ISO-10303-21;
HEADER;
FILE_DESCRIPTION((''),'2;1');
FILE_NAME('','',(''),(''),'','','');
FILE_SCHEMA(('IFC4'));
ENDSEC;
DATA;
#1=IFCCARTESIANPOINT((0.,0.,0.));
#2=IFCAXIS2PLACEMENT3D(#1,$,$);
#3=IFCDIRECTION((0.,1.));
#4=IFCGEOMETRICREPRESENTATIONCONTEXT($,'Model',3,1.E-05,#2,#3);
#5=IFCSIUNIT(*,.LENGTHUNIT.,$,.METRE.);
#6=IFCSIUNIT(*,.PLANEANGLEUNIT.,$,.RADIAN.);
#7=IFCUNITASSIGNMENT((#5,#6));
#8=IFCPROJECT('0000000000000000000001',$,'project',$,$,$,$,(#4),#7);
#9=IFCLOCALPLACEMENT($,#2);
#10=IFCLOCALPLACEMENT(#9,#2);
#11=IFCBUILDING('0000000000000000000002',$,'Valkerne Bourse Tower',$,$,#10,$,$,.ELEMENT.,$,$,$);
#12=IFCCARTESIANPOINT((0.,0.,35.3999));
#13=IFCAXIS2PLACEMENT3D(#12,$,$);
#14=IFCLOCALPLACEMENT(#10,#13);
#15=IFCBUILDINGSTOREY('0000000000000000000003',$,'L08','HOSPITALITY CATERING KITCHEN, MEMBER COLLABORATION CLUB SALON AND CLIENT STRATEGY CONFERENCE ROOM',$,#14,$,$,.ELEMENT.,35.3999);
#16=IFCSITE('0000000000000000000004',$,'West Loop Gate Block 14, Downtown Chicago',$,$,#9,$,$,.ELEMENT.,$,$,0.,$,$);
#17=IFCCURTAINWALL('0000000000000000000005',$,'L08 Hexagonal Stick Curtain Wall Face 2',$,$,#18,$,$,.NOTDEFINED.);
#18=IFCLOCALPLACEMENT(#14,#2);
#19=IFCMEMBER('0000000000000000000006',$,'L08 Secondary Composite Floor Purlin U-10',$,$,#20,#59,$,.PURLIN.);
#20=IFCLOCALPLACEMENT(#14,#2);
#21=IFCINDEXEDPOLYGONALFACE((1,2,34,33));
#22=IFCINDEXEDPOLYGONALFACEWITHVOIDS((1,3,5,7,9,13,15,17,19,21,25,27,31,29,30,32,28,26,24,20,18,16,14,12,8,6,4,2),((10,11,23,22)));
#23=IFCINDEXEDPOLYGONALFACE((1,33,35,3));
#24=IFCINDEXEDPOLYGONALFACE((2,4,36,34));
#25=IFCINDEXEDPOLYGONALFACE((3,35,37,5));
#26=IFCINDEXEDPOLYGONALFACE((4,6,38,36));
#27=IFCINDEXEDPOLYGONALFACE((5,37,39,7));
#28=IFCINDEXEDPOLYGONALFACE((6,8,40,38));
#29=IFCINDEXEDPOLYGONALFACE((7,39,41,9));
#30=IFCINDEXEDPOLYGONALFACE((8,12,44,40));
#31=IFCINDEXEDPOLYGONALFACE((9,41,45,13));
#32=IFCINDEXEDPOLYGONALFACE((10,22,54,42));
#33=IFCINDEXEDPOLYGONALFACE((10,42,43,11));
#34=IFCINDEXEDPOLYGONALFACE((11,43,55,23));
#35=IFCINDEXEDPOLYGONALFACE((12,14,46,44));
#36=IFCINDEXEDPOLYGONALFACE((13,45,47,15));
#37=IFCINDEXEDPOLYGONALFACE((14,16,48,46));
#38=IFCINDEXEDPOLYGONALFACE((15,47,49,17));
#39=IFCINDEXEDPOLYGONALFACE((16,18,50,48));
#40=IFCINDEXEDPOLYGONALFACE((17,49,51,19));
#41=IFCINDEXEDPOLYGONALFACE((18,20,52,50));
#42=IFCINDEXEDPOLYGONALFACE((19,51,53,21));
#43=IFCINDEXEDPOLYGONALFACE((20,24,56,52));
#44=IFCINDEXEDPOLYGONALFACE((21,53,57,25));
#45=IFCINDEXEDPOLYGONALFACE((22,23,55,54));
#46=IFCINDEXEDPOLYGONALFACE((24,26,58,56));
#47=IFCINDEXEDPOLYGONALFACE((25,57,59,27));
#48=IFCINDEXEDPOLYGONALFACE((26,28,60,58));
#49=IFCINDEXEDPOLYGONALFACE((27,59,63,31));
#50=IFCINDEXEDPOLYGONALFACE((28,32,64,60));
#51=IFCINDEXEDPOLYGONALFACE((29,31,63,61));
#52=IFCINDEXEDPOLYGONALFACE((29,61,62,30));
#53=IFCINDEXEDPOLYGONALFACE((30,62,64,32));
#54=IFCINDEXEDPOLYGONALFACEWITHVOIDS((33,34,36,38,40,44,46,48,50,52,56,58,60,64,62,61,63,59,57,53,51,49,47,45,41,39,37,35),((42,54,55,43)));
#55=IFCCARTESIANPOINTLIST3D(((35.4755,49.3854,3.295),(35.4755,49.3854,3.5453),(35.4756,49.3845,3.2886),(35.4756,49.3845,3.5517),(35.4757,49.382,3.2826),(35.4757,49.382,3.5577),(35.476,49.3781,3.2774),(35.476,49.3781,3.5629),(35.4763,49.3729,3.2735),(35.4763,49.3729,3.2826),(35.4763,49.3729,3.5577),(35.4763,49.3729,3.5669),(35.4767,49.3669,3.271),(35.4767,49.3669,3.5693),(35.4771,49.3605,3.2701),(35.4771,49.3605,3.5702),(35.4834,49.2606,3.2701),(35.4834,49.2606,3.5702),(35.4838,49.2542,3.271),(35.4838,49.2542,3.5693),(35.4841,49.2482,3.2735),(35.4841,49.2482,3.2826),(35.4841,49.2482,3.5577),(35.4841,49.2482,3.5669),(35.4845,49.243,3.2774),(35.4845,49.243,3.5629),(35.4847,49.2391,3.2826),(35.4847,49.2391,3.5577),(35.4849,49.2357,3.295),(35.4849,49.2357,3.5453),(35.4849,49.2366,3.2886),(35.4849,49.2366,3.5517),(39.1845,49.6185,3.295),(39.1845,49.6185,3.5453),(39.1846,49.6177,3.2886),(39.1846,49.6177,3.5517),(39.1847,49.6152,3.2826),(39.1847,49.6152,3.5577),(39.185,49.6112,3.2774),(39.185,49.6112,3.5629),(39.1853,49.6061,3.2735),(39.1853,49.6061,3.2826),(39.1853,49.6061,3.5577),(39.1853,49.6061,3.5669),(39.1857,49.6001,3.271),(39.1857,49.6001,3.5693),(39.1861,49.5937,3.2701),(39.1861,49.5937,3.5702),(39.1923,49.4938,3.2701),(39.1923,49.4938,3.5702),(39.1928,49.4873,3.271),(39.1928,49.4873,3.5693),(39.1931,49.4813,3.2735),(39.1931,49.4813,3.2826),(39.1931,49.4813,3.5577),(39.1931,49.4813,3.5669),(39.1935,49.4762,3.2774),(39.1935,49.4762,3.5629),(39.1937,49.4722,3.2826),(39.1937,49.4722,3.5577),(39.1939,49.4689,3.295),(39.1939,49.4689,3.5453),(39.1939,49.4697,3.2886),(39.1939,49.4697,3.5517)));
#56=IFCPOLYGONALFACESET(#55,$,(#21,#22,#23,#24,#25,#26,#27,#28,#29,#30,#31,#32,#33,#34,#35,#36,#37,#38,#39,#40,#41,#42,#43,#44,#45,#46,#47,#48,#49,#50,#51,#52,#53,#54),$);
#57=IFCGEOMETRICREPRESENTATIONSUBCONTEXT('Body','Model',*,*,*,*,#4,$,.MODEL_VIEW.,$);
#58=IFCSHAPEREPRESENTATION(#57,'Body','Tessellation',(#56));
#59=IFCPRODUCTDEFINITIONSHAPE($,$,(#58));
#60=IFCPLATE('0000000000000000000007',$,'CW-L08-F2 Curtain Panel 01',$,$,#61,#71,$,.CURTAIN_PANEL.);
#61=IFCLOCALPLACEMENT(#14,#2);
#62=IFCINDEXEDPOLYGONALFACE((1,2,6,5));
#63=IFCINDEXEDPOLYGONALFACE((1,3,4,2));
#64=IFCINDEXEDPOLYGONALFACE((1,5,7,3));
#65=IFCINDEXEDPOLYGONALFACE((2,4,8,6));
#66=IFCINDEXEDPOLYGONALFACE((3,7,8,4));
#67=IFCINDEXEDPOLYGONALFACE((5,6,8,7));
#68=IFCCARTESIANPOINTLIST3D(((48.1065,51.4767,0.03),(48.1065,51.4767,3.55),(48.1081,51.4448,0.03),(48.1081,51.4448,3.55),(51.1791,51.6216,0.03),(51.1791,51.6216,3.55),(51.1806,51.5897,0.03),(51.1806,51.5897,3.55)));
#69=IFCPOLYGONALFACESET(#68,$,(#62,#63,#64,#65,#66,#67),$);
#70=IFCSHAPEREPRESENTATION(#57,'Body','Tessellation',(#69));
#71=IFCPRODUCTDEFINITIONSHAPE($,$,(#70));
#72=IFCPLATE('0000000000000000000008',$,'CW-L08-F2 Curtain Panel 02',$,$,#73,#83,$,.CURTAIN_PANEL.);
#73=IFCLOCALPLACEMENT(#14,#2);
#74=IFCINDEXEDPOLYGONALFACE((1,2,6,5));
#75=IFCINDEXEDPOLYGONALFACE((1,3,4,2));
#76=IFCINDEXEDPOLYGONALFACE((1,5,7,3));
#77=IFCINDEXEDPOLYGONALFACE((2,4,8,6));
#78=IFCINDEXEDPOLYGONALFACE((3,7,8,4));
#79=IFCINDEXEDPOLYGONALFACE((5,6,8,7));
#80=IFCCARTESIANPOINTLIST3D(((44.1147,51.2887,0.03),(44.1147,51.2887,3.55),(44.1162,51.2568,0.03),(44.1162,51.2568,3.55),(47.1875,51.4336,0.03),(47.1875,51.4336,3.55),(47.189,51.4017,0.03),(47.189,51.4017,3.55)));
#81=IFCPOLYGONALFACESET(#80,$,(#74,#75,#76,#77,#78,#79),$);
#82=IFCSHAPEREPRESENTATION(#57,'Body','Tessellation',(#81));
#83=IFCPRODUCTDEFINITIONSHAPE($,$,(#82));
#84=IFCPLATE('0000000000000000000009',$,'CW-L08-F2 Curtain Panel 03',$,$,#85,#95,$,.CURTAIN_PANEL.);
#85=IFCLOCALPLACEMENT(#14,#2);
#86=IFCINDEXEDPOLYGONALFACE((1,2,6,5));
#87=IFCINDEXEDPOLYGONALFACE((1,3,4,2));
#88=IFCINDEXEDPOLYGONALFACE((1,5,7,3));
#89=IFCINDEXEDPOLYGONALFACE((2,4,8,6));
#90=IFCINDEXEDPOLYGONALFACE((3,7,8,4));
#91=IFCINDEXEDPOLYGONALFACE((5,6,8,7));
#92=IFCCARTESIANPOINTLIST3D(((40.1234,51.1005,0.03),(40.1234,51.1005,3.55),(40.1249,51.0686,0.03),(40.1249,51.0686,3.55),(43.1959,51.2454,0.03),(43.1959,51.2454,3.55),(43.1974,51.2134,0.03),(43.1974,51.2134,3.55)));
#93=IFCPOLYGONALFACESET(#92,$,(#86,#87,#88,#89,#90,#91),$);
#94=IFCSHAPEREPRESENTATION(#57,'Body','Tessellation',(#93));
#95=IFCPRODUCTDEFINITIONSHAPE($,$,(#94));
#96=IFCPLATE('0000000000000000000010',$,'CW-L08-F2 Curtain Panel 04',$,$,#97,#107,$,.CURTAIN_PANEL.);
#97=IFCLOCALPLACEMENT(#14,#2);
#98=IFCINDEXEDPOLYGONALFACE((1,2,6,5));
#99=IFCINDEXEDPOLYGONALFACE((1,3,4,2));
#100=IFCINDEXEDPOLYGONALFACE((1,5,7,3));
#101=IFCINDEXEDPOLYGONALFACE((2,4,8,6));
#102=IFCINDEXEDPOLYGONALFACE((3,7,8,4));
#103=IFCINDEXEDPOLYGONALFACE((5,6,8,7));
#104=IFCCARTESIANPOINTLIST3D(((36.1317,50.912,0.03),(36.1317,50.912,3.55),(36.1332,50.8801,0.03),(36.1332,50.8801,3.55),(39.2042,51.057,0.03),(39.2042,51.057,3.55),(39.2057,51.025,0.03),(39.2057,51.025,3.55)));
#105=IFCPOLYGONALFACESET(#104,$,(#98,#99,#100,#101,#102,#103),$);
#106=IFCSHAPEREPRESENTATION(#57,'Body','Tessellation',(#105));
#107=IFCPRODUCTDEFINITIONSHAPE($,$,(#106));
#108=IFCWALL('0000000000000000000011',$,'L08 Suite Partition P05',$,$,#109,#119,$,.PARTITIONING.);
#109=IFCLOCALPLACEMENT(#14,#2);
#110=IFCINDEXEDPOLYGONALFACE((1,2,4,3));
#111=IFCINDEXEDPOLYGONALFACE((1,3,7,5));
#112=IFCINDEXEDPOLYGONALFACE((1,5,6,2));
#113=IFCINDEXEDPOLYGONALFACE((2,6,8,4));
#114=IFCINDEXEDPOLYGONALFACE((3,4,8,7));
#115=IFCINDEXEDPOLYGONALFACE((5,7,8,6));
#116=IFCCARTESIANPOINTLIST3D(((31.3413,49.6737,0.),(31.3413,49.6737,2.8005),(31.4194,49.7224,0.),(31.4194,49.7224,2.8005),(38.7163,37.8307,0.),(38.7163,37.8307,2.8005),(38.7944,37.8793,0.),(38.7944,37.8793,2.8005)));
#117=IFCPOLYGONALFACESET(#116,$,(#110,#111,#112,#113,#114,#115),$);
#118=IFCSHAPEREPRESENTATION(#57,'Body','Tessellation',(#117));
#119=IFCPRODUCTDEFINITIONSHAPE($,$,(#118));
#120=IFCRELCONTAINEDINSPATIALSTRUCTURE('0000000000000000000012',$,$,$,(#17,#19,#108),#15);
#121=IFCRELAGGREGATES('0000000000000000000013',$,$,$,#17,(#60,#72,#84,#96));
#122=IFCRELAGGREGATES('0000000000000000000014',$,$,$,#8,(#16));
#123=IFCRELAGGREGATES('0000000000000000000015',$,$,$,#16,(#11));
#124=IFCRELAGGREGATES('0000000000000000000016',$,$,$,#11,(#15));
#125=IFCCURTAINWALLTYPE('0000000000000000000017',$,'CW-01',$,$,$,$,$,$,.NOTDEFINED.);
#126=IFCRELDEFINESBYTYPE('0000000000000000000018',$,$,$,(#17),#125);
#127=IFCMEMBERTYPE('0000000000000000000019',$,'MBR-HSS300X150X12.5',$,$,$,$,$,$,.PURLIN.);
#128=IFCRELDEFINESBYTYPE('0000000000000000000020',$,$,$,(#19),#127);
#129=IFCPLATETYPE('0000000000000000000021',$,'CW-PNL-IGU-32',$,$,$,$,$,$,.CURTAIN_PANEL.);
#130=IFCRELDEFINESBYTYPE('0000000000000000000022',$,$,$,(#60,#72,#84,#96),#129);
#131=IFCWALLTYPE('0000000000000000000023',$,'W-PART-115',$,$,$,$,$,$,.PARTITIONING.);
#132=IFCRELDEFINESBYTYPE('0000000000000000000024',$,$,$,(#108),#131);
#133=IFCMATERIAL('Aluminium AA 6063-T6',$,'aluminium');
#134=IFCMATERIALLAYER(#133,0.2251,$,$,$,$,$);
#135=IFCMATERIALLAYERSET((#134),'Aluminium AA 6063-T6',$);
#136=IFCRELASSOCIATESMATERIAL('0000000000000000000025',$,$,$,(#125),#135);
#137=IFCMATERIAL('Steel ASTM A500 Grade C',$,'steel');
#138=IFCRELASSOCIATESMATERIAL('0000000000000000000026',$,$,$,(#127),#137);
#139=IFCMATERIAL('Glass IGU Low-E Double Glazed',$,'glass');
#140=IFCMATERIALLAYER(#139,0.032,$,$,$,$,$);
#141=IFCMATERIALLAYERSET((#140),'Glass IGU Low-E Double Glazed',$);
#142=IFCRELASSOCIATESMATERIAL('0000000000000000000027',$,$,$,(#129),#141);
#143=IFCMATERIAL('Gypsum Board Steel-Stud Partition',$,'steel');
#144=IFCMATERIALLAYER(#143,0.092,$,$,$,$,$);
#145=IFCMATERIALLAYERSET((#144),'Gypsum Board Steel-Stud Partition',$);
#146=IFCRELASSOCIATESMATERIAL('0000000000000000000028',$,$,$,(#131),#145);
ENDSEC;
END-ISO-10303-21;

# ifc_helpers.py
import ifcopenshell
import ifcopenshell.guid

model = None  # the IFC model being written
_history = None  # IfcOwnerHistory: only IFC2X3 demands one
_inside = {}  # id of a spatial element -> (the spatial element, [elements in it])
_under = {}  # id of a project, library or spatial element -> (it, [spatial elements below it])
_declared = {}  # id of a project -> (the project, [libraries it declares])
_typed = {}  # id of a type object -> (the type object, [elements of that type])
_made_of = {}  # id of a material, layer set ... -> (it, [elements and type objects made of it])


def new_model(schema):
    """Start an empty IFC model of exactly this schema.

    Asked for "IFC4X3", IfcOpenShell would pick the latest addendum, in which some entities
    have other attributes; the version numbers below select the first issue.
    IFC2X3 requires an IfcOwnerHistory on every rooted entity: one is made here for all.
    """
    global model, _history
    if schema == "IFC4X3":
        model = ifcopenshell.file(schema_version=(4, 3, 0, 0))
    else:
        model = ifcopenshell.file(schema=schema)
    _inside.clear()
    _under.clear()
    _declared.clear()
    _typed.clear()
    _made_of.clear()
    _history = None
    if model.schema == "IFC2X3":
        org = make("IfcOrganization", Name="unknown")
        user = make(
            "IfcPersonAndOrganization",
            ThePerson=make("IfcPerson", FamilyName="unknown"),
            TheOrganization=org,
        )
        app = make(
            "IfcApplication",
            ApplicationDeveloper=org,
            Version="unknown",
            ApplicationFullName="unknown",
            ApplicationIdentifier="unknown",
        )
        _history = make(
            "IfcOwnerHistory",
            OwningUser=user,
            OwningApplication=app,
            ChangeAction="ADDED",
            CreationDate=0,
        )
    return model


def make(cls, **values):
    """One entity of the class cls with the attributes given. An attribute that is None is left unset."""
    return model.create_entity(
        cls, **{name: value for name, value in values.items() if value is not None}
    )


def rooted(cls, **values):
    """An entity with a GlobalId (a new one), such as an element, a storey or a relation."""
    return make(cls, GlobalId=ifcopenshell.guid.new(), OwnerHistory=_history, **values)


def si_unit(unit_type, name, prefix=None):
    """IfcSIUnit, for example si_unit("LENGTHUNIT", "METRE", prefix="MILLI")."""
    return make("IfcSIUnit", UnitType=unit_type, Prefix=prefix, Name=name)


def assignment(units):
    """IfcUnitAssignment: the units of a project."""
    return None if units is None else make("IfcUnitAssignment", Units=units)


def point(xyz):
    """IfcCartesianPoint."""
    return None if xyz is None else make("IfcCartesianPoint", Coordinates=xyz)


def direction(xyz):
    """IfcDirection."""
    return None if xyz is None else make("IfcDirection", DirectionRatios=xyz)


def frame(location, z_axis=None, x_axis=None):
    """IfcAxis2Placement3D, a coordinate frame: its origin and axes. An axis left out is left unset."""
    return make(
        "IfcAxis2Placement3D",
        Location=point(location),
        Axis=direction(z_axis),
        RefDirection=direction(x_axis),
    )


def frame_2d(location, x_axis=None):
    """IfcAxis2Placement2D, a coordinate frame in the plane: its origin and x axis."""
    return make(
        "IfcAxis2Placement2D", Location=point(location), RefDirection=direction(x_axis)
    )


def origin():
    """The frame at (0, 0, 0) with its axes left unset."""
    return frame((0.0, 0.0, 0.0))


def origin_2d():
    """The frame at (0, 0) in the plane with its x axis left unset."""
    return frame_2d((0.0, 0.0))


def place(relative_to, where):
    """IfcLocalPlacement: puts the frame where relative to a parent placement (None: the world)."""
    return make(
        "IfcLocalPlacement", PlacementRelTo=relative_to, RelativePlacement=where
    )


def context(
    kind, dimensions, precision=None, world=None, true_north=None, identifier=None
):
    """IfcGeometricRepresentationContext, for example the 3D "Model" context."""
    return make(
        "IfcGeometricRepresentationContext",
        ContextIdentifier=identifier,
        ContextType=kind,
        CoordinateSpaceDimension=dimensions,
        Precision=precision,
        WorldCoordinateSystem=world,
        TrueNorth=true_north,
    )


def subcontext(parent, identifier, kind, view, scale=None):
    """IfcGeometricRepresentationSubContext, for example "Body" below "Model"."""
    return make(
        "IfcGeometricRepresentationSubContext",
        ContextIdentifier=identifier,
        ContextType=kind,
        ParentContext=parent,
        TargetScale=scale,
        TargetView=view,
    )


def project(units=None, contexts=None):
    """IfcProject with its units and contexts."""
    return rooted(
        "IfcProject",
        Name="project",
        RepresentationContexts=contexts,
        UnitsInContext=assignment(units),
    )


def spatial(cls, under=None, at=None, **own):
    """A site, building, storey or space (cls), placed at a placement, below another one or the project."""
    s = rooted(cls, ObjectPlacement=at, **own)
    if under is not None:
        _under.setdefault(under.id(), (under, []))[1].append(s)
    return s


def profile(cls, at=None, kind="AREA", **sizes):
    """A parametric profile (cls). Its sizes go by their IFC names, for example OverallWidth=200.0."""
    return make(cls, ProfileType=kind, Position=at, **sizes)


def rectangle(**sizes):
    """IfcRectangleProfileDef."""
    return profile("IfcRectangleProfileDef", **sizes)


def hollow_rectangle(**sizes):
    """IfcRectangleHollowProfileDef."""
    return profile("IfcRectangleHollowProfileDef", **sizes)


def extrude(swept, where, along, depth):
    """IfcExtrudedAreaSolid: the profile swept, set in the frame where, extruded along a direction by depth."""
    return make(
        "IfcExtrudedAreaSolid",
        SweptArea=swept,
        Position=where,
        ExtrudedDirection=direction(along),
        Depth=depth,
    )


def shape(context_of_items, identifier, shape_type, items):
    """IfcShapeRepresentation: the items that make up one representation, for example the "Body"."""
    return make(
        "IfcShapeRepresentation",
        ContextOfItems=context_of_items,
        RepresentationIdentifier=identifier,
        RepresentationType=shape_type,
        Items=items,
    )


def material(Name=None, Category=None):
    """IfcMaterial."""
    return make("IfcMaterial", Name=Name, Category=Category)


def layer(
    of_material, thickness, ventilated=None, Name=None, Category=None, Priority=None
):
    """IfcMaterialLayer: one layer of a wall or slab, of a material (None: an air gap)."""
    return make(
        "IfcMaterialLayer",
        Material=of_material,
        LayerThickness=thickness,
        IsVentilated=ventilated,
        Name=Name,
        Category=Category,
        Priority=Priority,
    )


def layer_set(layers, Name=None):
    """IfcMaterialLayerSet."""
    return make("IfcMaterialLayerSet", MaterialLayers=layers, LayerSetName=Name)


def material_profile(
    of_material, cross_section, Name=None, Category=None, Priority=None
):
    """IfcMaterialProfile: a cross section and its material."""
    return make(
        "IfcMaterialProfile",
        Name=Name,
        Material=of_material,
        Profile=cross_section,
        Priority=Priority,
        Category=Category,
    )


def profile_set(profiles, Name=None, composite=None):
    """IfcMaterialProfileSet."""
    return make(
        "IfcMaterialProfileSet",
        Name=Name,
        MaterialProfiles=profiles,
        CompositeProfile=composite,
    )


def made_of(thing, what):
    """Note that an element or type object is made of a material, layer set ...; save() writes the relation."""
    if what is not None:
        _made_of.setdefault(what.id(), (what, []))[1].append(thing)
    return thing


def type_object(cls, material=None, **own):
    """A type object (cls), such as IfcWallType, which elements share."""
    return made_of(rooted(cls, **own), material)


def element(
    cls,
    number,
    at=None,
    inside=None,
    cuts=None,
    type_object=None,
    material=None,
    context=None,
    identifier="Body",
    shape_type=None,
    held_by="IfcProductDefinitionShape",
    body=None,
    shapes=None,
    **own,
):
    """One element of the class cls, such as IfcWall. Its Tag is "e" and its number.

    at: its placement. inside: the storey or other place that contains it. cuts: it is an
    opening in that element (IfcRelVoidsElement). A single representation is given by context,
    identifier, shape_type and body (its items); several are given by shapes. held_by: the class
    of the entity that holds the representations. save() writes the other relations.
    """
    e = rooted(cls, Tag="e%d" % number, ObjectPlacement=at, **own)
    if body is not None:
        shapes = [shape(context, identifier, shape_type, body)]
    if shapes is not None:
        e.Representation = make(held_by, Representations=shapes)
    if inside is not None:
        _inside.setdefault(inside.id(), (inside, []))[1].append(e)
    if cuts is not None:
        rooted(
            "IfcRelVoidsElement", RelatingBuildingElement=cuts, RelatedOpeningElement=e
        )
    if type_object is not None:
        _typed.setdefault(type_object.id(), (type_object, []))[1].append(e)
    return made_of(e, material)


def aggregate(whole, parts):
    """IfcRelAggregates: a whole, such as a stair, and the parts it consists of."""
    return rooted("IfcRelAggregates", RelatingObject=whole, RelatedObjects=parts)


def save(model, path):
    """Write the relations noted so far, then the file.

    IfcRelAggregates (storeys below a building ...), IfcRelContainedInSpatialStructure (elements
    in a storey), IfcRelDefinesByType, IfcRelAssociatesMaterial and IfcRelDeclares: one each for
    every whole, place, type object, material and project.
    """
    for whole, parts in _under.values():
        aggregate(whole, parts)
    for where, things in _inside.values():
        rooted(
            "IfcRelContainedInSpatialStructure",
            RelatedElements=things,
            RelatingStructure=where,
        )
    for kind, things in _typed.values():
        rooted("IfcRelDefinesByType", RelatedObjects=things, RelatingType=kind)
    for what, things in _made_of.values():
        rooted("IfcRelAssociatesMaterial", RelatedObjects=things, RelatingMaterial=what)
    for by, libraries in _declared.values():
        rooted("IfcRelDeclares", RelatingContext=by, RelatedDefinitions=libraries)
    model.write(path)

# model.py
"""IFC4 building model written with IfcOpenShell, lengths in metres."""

from ifc_helpers import new_model, si_unit, direction, frame, frame_2d, origin, origin_2d, place, context, subcontext, project, spatial, rectangle, hollow_rectangle, extrude, material, layer, layer_set, material_profile, profile_set, type_object, element, aggregate, save


model = new_model("IFC4")

# Units and contexts
model_context = context("Model", 3, precision=1e-05, world=origin(), true_north=direction((0.0, 1.0)))
body_context = subcontext(model_context, "Body", "Model", "MODEL_VIEW")
ifc_project = project(units=[si_unit("LENGTHUNIT", "METRE"), si_unit("PLANEANGLEUNIT", "RADIAN")], contexts=[model_context])

# Site, building, storey
site_placement = place(None, origin())
site = spatial("IfcSite", under=ifc_project, at=site_placement, Name="West Loop Gate Block 14, Downtown Chicago", CompositionType="ELEMENT", RefElevation=0.0)
building_placement = place(site_placement, origin())
building = spatial("IfcBuilding", under=site, at=building_placement, Name="Valkerne Bourse Tower", CompositionType="ELEMENT")
storey_placement = place(building_placement, frame((0.0, 0.0, 35.3999)))
storey = spatial("IfcBuildingStorey", under=building, at=storey_placement, Name="L08", Description="HOSPITALITY CATERING KITCHEN, MEMBER COLLABORATION CLUB SALON AND CLIENT STRATEGY CONFERENCE ROOM", CompositionType="ELEMENT", Elevation=35.3999)

# Curtain wall
ifc_material_1 = material(Name="Aluminium AA 6063-T6", Category="aluminium")
ifc_layer_1 = layer(ifc_material_1, 0.2251)
ifc_layer_set_1 = layer_set([ifc_layer_1], Name="Aluminium AA 6063-T6")
curtain_wall_type = type_object("IfcCurtainWallType", Name="CW-01", PredefinedType="NOTDEFINED", material=ifc_layer_set_1)
curtain_wall_placement = place(storey_placement, origin())
curtain_wall = element("IfcCurtainWall", 1, at=curtain_wall_placement, inside=storey, type_object=curtain_wall_type, Name="L08 Hexagonal Stick Curtain Wall Face 2", PredefinedType="NOTDEFINED")

# Member
ifc_material_2 = material(Name="Steel ASTM A500 Grade C", Category="steel")
ifc_material_profile_1 = material_profile(ifc_material_2, hollow_rectangle(XDim=0.1499, YDim=0.3, WallThickness=0.0125, OuterFilletRadius=0.0249, at=origin_2d()), Name="HSS300X150X12.5")
ifc_profile_set_1 = profile_set([ifc_material_profile_1], Name="Steel ASTM A500 Grade C")
member_type_1 = type_object("IfcMemberType", Name="MBR-HSS300X150X12.5", PredefinedType="PURLIN", material=ifc_profile_set_1)
for number, where, z_axis, x_axis, name in (
    (2, (39.1892, 49.5437, 3.4202), (-0.99803, -0.062738, 0.0), (0.062738, -0.99803, 0.0), "L08 Secondary Composite Floor Purlin U-10"),
):
    element("IfcMember", number, at=place(storey_placement, frame(where, z_axis=z_axis, x_axis=x_axis)), inside=storey, type_object=member_type_1, Name=name, PredefinedType="PURLIN", context=body_context, shape_type="SweptSolid", body=[
        extrude(hollow_rectangle(XDim=0.1499, YDim=0.3, WallThickness=0.0125, OuterFilletRadius=0.0249, at=origin_2d()), origin(), (0.0, 0.0, 1.0), 3.7163),
    ])

# Plates
ifc_material_3 = material(Name="Glass IGU Low-E Double Glazed", Category="glass")
ifc_layer_2 = layer(ifc_material_3, 0.032)
ifc_layer_set_2 = layer_set([ifc_layer_2], Name="Glass IGU Low-E Double Glazed")
plate_type = type_object("IfcPlateType", Name="CW-PNL-IGU-32", PredefinedType="CURTAIN_PANEL", material=ifc_layer_set_2)
plate_1_placement = place(storey_placement, frame((49.6436, 51.5332, 0.03), z_axis=(0.0, 0.0, 1.0), x_axis=(-0.998889, -0.047122, 0.0)))
plate_1 = element("IfcPlate", 3, at=plate_1_placement, type_object=plate_type, Name="CW-L08-F2 Curtain Panel 01", PredefinedType="CURTAIN_PANEL", context=body_context, shape_type="SweptSolid", body=[
    extrude(rectangle(XDim=3.0759, YDim=0.032, at=origin_2d()), origin(), (0.0, 0.0, 1.0), 3.52),
])
plate_2_placement = place(storey_placement, frame((45.6519, 51.3452, 0.03), z_axis=(0.0, 0.0, 1.0), x_axis=(-0.99889, -0.047097, 0.0)))
plate_2 = element("IfcPlate", 4, at=plate_2_placement, type_object=plate_type, Name="CW-L08-F2 Curtain Panel 02", PredefinedType="CURTAIN_PANEL", context=body_context, shape_type="SweptSolid", body=[
    extrude(rectangle(XDim=3.0762, YDim=0.032, at=origin_2d()), origin(), (0.0, 0.0, 1.0), 3.52),
])
plate_3_placement = place(storey_placement, frame((41.6604, 51.157, 0.03), z_axis=(0.0, 0.0, 1.0), x_axis=(-0.99889, -0.047098, 0.0)))
plate_3 = element("IfcPlate", 5, at=plate_3_placement, type_object=plate_type, Name="CW-L08-F2 Curtain Panel 03", PredefinedType="CURTAIN_PANEL", context=body_context, shape_type="SweptSolid", body=[
    extrude(rectangle(XDim=3.0759, YDim=0.032, at=origin_2d()), origin(), (0.0, 0.0, 1.0), 3.52),
])
plate_4_placement = place(storey_placement, frame((37.6687, 50.9685, 0.03), z_axis=(0.0, 0.0, 1.0), x_axis=(-0.998889, -0.047122, 0.0)))
plate_4 = element("IfcPlate", 6, at=plate_4_placement, type_object=plate_type, Name="CW-L08-F2 Curtain Panel 04", PredefinedType="CURTAIN_PANEL", context=body_context, shape_type="SweptSolid", body=[
    extrude(rectangle(XDim=3.0759, YDim=0.032, at=origin_2d()), origin(), (0.0, 0.0, 1.0), 3.52),
])
aggregate(curtain_wall, [plate_1, plate_2, plate_3, plate_4])

# Wall
ifc_material_4 = material(Name="Gypsum Board Steel-Stud Partition", Category="steel")
ifc_layer_3 = layer(ifc_material_4, 0.092)
ifc_layer_set_3 = layer_set([ifc_layer_3], Name="Gypsum Board Steel-Stud Partition")
wall_type = type_object("IfcWallType", Name="W-PART-115", PredefinedType="PARTITIONING", material=ifc_layer_set_3)
wall_placement = place(storey_placement, frame((38.7554, 37.855, 0.0), z_axis=(0.0, 0.0, 1.0), x_axis=(-0.528612, 0.848863, 0.0)))
element("IfcWall", 7, at=wall_placement, inside=storey, type_object=wall_type, Name="L08 Suite Partition P05", PredefinedType="PARTITIONING", context=body_context, shape_type="SweptSolid", body=[
    extrude(rectangle(XDim=13.9517, YDim=0.092, at=frame_2d((6.9758, 0.0))), origin(), (0.0, 0.0, 1.0), 2.8005),
])

save(model, "model.ifc")
